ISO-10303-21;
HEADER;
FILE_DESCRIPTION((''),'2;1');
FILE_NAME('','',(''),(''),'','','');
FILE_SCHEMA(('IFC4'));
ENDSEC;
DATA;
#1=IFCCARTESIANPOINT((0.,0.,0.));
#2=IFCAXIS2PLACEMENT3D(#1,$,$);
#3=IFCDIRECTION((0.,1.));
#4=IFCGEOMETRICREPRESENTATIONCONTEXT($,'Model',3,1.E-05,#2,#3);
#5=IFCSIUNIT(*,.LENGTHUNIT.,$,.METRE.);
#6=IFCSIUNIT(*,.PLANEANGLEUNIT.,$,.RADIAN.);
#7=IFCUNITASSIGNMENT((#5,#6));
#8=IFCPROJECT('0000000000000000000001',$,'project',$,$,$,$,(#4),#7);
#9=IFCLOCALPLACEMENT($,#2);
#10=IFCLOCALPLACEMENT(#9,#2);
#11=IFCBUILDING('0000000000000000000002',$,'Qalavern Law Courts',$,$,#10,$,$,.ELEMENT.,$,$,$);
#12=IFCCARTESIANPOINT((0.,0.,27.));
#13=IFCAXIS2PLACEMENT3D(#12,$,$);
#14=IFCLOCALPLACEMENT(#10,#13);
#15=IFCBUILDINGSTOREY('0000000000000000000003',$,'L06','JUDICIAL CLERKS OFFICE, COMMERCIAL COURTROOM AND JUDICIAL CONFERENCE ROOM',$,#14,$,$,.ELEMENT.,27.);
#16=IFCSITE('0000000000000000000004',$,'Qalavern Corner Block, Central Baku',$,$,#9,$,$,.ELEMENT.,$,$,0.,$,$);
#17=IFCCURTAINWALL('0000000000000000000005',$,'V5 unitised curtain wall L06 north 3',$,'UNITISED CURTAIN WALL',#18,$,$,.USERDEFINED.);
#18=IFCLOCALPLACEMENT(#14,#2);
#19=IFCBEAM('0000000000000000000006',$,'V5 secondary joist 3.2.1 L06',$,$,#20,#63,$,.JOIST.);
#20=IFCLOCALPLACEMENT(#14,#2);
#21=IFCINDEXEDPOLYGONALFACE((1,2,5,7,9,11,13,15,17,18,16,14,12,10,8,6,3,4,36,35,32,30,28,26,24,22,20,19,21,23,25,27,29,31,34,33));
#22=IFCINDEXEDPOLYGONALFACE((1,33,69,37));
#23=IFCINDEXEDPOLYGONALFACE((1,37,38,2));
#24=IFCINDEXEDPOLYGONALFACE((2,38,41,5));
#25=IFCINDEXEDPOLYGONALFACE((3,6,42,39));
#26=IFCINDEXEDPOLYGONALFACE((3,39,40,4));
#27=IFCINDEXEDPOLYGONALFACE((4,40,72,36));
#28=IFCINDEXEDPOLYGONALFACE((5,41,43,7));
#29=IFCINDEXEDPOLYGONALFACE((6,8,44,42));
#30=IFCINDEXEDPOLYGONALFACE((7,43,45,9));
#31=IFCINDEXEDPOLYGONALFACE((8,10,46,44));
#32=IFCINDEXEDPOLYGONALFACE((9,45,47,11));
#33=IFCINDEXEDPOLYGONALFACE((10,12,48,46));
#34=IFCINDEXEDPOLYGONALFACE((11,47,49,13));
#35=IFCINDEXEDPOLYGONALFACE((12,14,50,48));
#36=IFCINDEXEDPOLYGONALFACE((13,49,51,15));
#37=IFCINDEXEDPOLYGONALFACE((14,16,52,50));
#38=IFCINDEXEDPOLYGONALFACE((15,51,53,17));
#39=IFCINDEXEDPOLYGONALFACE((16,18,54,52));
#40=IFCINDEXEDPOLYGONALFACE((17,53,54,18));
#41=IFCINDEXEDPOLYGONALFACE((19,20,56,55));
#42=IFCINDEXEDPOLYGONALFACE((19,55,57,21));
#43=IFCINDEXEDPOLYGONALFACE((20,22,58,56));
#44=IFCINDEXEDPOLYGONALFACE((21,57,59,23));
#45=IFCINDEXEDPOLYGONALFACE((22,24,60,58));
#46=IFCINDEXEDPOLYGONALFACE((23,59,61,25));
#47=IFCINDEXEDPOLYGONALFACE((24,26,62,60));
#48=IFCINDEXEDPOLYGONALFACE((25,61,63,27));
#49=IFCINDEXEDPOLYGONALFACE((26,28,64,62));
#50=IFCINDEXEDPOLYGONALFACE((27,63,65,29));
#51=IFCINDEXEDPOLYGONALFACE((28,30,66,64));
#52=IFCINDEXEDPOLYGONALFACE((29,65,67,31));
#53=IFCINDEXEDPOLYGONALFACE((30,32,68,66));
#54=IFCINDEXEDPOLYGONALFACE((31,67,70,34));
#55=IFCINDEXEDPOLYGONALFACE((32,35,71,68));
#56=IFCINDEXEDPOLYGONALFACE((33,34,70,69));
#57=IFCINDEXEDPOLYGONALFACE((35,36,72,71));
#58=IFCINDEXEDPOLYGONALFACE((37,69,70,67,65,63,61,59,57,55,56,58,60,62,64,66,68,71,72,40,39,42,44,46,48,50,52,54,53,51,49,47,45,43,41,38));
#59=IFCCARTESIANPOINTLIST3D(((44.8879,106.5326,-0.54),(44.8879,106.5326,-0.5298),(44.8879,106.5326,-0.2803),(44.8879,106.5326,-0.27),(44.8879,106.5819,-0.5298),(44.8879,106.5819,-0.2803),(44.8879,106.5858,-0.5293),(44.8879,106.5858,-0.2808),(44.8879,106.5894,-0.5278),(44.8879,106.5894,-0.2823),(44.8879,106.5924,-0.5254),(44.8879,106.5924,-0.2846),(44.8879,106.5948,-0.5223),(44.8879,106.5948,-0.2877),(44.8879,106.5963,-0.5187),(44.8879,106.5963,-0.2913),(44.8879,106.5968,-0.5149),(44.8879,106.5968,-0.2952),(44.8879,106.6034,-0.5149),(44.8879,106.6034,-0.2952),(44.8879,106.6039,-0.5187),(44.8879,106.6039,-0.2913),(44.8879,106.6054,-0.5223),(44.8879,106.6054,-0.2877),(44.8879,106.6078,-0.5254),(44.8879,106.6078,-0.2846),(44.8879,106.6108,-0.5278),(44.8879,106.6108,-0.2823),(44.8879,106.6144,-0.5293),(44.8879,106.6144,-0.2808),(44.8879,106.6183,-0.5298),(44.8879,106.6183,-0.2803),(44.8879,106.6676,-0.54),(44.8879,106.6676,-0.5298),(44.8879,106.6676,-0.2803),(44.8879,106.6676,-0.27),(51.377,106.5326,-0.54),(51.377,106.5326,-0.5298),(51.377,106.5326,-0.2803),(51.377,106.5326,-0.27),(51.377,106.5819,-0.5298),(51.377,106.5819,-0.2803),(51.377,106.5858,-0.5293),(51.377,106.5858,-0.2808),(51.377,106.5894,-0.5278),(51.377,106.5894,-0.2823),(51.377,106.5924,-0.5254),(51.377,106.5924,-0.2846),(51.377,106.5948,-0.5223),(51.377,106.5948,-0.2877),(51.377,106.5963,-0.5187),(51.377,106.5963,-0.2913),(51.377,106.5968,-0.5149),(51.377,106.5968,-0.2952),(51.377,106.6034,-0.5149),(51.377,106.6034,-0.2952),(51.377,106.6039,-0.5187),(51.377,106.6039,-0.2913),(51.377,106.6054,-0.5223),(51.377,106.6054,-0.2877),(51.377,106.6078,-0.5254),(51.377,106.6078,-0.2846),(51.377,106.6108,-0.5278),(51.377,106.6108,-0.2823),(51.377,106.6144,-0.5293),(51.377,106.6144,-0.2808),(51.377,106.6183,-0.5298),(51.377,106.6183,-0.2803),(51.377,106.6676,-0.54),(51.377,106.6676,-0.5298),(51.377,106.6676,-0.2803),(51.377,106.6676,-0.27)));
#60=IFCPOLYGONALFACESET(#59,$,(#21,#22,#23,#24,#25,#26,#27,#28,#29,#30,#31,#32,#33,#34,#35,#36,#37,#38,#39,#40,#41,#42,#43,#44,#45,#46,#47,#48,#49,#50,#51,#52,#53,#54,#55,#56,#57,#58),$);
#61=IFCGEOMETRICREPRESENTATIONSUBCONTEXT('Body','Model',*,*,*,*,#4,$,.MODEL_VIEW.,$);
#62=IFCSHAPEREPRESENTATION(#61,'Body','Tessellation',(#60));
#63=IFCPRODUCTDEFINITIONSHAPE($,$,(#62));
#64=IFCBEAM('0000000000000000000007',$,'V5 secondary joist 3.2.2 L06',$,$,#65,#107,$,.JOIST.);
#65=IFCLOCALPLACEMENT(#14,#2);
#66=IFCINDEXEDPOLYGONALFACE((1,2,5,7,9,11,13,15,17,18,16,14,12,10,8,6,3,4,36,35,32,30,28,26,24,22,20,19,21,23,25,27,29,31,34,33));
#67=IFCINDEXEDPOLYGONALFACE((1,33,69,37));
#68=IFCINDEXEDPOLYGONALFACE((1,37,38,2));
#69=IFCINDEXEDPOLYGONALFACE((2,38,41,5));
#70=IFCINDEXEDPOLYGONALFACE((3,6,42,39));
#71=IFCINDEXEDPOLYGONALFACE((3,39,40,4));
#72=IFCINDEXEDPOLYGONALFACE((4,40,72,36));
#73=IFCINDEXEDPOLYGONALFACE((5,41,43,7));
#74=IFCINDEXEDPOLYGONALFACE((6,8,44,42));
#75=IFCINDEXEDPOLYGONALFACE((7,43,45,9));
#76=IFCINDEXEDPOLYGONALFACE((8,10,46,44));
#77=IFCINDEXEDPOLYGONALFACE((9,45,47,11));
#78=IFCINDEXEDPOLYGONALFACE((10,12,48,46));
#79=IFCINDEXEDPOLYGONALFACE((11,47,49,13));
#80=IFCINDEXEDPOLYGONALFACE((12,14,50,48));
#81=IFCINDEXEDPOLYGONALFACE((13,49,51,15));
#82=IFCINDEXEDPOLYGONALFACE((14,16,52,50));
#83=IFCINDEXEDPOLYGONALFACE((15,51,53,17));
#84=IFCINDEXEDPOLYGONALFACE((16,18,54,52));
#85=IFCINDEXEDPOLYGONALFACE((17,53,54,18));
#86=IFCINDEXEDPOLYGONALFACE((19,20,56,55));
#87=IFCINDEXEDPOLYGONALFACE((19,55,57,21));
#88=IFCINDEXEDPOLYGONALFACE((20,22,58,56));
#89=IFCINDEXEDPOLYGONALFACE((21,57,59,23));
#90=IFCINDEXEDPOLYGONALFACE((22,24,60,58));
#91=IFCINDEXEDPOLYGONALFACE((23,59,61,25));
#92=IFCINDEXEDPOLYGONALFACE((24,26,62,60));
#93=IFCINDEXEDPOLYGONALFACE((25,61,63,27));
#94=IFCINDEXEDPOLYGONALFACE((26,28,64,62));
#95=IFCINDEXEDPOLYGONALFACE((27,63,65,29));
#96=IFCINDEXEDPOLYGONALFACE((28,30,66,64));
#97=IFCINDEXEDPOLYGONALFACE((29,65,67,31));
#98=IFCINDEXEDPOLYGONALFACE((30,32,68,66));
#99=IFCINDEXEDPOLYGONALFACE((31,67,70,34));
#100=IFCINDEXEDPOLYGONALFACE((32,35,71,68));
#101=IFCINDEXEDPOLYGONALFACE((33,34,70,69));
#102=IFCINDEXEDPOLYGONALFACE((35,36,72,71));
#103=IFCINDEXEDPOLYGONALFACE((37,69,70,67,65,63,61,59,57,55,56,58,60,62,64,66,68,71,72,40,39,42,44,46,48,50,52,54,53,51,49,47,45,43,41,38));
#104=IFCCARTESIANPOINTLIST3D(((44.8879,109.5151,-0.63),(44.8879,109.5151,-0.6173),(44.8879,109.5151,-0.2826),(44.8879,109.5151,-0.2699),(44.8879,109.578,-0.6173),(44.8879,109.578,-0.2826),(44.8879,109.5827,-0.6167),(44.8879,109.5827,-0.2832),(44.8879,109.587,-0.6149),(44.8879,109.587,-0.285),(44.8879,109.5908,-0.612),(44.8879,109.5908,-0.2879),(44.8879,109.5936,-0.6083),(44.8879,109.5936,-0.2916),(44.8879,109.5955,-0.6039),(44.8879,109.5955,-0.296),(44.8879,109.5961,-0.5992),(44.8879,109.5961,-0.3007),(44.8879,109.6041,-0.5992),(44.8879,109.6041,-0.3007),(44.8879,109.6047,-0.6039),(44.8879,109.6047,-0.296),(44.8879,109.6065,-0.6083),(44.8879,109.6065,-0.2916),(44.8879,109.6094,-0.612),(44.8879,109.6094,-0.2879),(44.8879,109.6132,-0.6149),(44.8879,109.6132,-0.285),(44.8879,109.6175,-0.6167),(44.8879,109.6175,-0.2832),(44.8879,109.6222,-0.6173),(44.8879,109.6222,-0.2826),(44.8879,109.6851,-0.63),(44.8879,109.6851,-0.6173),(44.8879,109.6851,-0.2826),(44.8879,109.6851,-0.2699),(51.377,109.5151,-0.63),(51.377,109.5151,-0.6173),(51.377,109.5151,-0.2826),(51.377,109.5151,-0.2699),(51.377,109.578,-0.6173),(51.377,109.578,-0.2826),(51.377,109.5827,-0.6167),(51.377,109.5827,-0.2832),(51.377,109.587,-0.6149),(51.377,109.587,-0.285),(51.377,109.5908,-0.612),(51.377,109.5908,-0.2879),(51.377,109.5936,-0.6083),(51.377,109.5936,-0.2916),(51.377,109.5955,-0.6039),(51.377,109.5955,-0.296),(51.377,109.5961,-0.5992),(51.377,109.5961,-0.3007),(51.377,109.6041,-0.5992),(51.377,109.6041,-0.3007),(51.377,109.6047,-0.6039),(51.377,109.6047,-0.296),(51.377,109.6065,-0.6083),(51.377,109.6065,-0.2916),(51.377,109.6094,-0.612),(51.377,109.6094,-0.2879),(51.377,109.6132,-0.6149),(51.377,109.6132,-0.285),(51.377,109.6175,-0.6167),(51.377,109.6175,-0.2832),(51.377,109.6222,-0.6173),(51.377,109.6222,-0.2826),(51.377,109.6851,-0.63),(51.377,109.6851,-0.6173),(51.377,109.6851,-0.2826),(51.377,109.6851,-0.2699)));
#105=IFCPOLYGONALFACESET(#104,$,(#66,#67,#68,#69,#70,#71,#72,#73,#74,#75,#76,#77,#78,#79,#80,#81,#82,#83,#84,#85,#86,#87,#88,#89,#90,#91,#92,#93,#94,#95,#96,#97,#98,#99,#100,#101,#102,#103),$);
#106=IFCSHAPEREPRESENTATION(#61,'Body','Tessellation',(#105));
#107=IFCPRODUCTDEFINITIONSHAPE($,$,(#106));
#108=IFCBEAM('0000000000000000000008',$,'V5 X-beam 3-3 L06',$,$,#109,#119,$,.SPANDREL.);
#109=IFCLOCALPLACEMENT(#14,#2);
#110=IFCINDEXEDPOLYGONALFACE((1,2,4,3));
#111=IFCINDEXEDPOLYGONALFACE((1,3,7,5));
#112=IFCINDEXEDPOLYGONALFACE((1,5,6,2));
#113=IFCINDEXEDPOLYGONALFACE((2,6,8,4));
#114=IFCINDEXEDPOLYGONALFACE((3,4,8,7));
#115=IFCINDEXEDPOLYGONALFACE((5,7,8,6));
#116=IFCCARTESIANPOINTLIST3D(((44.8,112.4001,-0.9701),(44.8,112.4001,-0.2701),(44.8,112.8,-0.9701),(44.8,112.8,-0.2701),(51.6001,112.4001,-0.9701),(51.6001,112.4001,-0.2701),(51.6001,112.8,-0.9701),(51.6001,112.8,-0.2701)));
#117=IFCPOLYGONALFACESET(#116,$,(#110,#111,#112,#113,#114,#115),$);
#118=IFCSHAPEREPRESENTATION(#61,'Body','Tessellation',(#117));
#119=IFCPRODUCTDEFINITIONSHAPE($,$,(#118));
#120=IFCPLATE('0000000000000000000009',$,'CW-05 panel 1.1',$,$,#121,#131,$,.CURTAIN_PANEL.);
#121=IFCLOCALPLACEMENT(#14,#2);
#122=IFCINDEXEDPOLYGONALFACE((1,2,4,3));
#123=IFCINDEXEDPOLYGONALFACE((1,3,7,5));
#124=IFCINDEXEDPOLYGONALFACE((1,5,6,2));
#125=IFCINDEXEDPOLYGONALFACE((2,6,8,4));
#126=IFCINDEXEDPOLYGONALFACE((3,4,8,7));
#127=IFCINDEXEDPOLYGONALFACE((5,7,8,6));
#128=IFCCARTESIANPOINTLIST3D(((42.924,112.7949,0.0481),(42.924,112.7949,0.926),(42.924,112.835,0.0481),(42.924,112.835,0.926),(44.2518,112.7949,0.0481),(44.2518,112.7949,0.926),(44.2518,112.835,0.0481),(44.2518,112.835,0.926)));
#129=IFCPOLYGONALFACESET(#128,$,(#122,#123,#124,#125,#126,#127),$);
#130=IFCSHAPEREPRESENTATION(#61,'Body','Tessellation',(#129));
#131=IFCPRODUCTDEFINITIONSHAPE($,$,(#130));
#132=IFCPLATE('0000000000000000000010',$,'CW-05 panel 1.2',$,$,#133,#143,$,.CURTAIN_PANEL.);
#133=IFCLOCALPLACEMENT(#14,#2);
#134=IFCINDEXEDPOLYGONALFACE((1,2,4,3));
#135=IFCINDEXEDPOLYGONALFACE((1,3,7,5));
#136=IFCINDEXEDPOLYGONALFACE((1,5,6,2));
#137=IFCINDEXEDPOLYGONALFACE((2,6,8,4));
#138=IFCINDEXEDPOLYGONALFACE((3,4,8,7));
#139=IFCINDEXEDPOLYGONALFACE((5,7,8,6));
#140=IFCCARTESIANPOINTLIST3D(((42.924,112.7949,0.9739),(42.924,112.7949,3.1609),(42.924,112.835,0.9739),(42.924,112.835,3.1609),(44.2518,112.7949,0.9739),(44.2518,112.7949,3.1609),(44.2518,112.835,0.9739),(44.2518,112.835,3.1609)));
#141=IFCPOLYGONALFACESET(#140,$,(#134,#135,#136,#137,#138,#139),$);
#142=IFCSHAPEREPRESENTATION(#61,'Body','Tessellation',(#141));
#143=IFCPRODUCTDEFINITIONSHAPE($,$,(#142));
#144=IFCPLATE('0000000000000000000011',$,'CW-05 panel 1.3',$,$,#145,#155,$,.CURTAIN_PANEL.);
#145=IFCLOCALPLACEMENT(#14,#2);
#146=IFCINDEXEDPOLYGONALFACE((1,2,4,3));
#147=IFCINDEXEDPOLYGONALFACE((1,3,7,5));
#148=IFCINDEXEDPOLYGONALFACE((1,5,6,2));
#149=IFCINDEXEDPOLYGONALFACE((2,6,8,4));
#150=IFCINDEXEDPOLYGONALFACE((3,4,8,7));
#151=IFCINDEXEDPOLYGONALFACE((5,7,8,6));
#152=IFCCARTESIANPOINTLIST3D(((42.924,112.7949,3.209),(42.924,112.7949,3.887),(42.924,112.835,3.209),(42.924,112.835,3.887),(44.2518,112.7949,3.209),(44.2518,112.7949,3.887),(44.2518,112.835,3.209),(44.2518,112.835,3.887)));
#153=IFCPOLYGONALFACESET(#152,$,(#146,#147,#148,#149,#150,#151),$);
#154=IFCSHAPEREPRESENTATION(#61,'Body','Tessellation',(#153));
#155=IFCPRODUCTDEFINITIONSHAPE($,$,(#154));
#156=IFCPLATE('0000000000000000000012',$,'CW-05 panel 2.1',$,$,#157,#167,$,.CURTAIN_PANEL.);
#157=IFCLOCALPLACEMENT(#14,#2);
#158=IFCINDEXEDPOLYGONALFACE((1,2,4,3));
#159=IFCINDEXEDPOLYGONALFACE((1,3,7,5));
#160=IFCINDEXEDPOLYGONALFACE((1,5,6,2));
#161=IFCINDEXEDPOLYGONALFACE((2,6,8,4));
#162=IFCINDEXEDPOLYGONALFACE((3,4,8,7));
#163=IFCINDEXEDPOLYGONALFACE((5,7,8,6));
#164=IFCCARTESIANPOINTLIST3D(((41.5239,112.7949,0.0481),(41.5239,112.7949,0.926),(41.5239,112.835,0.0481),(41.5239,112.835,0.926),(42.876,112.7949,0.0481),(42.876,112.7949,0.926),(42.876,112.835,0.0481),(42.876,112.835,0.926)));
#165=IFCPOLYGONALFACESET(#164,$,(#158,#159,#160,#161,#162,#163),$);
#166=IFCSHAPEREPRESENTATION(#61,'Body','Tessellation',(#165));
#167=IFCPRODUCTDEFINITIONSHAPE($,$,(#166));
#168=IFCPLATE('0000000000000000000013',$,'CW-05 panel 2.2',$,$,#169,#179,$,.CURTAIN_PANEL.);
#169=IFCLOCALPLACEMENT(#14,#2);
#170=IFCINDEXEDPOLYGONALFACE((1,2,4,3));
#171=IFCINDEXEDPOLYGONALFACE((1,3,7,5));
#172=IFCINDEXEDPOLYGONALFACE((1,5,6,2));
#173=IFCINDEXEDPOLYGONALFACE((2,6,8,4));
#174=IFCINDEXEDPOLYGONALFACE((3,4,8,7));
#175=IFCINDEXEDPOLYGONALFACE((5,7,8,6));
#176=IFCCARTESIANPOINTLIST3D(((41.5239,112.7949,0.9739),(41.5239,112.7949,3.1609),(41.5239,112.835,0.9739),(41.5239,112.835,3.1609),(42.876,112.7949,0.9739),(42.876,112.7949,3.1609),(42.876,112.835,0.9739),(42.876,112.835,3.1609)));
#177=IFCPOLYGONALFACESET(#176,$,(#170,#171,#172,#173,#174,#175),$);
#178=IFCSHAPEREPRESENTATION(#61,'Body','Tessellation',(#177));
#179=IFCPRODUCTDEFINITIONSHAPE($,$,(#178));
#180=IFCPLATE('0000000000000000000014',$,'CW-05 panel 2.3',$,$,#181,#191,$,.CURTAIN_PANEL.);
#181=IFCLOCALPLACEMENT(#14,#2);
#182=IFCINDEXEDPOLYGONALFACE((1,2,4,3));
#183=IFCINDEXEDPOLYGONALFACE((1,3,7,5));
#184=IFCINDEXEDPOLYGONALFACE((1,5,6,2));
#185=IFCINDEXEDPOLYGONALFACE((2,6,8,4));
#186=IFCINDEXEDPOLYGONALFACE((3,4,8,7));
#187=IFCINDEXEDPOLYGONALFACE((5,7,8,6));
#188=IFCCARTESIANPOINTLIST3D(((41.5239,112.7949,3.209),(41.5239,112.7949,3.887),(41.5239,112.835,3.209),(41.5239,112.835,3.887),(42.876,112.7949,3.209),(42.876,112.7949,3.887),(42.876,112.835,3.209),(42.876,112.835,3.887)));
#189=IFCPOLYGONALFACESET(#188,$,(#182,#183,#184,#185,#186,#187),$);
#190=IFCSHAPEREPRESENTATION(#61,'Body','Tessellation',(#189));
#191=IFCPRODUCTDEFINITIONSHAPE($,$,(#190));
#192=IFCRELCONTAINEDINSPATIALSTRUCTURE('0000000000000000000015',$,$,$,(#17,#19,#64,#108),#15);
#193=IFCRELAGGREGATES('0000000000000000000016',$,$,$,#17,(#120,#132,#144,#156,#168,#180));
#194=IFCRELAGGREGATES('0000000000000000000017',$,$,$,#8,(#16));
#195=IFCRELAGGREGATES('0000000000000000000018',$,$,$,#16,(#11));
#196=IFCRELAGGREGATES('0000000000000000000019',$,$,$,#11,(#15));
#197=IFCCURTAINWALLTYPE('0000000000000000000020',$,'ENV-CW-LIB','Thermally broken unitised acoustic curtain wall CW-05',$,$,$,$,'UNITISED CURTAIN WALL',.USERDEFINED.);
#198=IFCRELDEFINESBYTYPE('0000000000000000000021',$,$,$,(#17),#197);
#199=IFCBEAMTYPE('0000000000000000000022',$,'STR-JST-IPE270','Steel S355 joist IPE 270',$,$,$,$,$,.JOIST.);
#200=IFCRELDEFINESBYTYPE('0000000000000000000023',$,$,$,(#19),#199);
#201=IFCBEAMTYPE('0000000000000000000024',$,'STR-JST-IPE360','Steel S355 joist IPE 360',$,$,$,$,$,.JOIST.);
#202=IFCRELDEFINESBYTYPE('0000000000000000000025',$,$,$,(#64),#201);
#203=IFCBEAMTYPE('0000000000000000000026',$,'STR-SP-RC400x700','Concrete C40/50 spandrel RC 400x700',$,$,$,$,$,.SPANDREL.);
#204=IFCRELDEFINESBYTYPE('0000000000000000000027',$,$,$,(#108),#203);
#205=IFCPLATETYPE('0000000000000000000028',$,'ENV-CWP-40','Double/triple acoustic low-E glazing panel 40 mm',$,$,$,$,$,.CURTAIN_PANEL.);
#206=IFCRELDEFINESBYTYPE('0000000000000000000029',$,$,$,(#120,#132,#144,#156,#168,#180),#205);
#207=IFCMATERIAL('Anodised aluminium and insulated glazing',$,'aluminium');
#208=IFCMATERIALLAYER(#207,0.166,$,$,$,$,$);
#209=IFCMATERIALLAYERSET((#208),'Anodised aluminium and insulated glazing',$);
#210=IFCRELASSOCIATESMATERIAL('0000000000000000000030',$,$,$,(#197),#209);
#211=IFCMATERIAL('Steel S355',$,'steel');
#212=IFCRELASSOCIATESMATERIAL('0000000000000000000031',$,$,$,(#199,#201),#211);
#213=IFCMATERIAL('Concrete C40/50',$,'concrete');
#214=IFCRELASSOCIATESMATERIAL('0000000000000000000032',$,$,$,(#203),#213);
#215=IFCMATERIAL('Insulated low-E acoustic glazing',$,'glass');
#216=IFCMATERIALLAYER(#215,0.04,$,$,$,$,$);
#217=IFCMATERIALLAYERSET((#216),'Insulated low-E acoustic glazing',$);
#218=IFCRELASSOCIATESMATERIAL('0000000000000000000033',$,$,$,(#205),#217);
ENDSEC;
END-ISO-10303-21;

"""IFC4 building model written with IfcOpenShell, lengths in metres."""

from ifc_helpers import new_model, si_unit, direction, frame, origin, origin_2d, place, context, subcontext, project, spatial, rectangle, i_section, extrude, material, layer, layer_set, material_profile, profile_set, type_object, element, aggregate, save


model = new_model("IFC4")

# Units and contexts
model_context = context("Model", 3, precision=1e-05, world=origin(), true_north=direction((0.0, 1.0)))
body_context = subcontext(model_context, "Body", "Model", "MODEL_VIEW")
ifc_project = project(units=[si_unit("LENGTHUNIT", "METRE"), si_unit("PLANEANGLEUNIT", "RADIAN")], contexts=[model_context])

# Site, building, storey
site_placement = place(None, origin())
site = spatial("IfcSite", under=ifc_project, at=site_placement, Name="Qalavern Corner Block, Central Baku", CompositionType="ELEMENT", RefElevation=0.0)
building_placement = place(site_placement, origin())
building = spatial("IfcBuilding", under=site, at=building_placement, Name="Qalavern Law Courts", CompositionType="ELEMENT")
storey_placement = place(building_placement, frame((0.0, 0.0, 27.0)))
storey = spatial("IfcBuildingStorey", under=building, at=storey_placement, Name="L06", Description="JUDICIAL CLERKS OFFICE, COMMERCIAL COURTROOM AND JUDICIAL CONFERENCE ROOM", CompositionType="ELEMENT", Elevation=27.0)

# Curtain wall
ifc_material_1 = material(Name="Anodised aluminium and insulated glazing", Category="aluminium")
ifc_layer_1 = layer(ifc_material_1, 0.166)
ifc_layer_set_1 = layer_set([ifc_layer_1], Name="Anodised aluminium and insulated glazing")
curtain_wall_type = type_object("IfcCurtainWallType", Name="ENV-CW-LIB", Description="Thermally broken unitised acoustic curtain wall CW-05", ElementType="UNITISED CURTAIN WALL", PredefinedType="USERDEFINED", material=ifc_layer_set_1)
curtain_wall_placement = place(storey_placement, origin())
curtain_wall = element("IfcCurtainWall", 1, at=curtain_wall_placement, inside=storey, type_object=curtain_wall_type, Name="V5 unitised curtain wall L06 north 3", ObjectType="UNITISED CURTAIN WALL", PredefinedType="USERDEFINED")

# Beams
ifc_material_2 = material(Name="Steel S355", Category="steel")
ifc_material_profile_1 = material_profile(ifc_material_2, i_section(OverallWidth=0.135, OverallDepth=0.27, WebThickness=0.0066, FlangeThickness=0.0103, FilletRadius=0.0149, at=origin_2d()), Name="IPE 270")
ifc_profile_set_1 = profile_set([ifc_material_profile_1], Name="Steel S355")
beam_type_1 = type_object("IfcBeamType", Name="STR-JST-IPE270", Description="Steel S355 joist IPE 270", PredefinedType="JOIST", material=ifc_profile_set_1)
beam_1_placement = place(storey_placement, frame((44.8879, 106.6001, -0.405), z_axis=(1.0, 0.0, 0.0), x_axis=(0.0, 1.0, 0.0)))
element("IfcBeam", 2, at=beam_1_placement, inside=storey, type_object=beam_type_1, Name="V5 secondary joist 3.2.1 L06", PredefinedType="JOIST", context=body_context, shape_type="SweptSolid", body=[
    extrude(i_section(OverallWidth=0.135, OverallDepth=0.27, WebThickness=0.0066, FlangeThickness=0.0103, FilletRadius=0.0149, at=origin_2d()), origin(), (0.0, 0.0, 1.0), 6.489),
])
ifc_material_profile_2 = material_profile(ifc_material_2, i_section(OverallWidth=0.1699, OverallDepth=0.3601, WebThickness=0.0081, FlangeThickness=0.0127, FilletRadius=0.0181, at=origin_2d()), Name="IPE 360")
ifc_profile_set_2 = profile_set([ifc_material_profile_2], Name="Steel S355")
beam_type_2 = type_object("IfcBeamType", Name="STR-JST-IPE360", Description="Steel S355 joist IPE 360", PredefinedType="JOIST", material=ifc_profile_set_2)
beam_2_placement = place(storey_placement, frame((44.8879, 109.6001, -0.45), z_axis=(1.0, 0.0, 0.0), x_axis=(0.0, 1.0, 0.0)))
element("IfcBeam", 3, at=beam_2_placement, inside=storey, type_object=beam_type_2, Name="V5 secondary joist 3.2.2 L06", PredefinedType="JOIST", context=body_context, shape_type="SweptSolid", body=[
    extrude(i_section(OverallWidth=0.1699, OverallDepth=0.3601, WebThickness=0.0081, FlangeThickness=0.0127, FilletRadius=0.0181, at=origin_2d()), origin(), (0.0, 0.0, 1.0), 6.489),
])
ifc_material_3 = material(Name="Concrete C40/50", Category="concrete")
ifc_material_profile_3 = material_profile(ifc_material_3, rectangle(XDim=0.3999, YDim=0.7, at=origin_2d()), Name="RC 400x700")
ifc_profile_set_3 = profile_set([ifc_material_profile_3], Name="Concrete C40/50")
beam_type_3 = type_object("IfcBeamType", Name="STR-SP-RC400x700", Description="Concrete C40/50 spandrel RC 400x700", PredefinedType="SPANDREL", material=ifc_profile_set_3)
beam_3_placement = place(storey_placement, frame((44.8, 112.6001, -0.6201), z_axis=(1.0, 0.0, 0.0), x_axis=(0.0, 1.0, 0.0)))
element("IfcBeam", 4, at=beam_3_placement, inside=storey, type_object=beam_type_3, Name="V5 X-beam 3-3 L06", PredefinedType="SPANDREL", context=body_context, shape_type="SweptSolid", body=[
    extrude(rectangle(XDim=0.3999, YDim=0.7, at=origin_2d()), origin(), (0.0, 0.0, 1.0), 6.8),
])

# Plates
ifc_material_4 = material(Name="Insulated low-E acoustic glazing", Category="glass")
ifc_layer_2 = layer(ifc_material_4, 0.04)
ifc_layer_set_2 = layer_set([ifc_layer_2], Name="Insulated low-E acoustic glazing")
plate_type = type_object("IfcPlateType", Name="ENV-CWP-40", Description="Double/triple acoustic low-E glazing panel 40 mm", PredefinedType="CURTAIN_PANEL", material=ifc_layer_set_2)
plate_1_placement = place(storey_placement, frame((43.5879, 112.8149, 0.0481), z_axis=(0.0, 0.0, 1.0), x_axis=(-1.0, 0.0, 0.0)))
plate_1 = element("IfcPlate", 5, at=plate_1_placement, type_object=plate_type, Name="CW-05 panel 1.1", PredefinedType="CURTAIN_PANEL", context=body_context, shape_type="SweptSolid", body=[
    extrude(rectangle(XDim=1.3279, YDim=0.04, at=origin_2d()), origin(), (0.0, 0.0, 1.0), 0.8779),
])
plate_2_placement = place(storey_placement, frame((43.5879, 112.8149, 0.9739), z_axis=(0.0, 0.0, 1.0), x_axis=(-1.0, 0.0, 0.0)))
plate_2 = element("IfcPlate", 6, at=plate_2_placement, type_object=plate_type, Name="CW-05 panel 1.2", PredefinedType="CURTAIN_PANEL", context=body_context, shape_type="SweptSolid", body=[
    extrude(rectangle(XDim=1.3279, YDim=0.04, at=origin_2d()), origin(), (0.0, 0.0, 1.0), 2.187),
])
plate_3_placement = place(storey_placement, frame((43.5879, 112.8149, 3.209), z_axis=(0.0, 0.0, 1.0), x_axis=(-1.0, 0.0, 0.0)))
plate_3 = element("IfcPlate", 7, at=plate_3_placement, type_object=plate_type, Name="CW-05 panel 1.3", PredefinedType="CURTAIN_PANEL", context=body_context, shape_type="SweptSolid", body=[
    extrude(rectangle(XDim=1.3279, YDim=0.04, at=origin_2d()), origin(), (0.0, 0.0, 1.0), 0.678),
])
plate_4_placement = place(storey_placement, frame((42.2, 112.8149, 0.0481), z_axis=(0.0, 0.0, 1.0), x_axis=(-1.0, 0.0, 0.0)))
plate_4 = element("IfcPlate", 8, at=plate_4_placement, type_object=plate_type, Name="CW-05 panel 2.1", PredefinedType="CURTAIN_PANEL", context=body_context, shape_type="SweptSolid", body=[
    extrude(rectangle(XDim=1.3521, YDim=0.04, at=origin_2d()), origin(), (0.0, 0.0, 1.0), 0.8779),
])
plate_5_placement = place(storey_placement, frame((42.2, 112.8149, 0.9739), z_axis=(0.0, 0.0, 1.0), x_axis=(-1.0, 0.0, 0.0)))
plate_5 = element("IfcPlate", 9, at=plate_5_placement, type_object=plate_type, Name="CW-05 panel 2.2", PredefinedType="CURTAIN_PANEL", context=body_context, shape_type="SweptSolid", body=[
    extrude(rectangle(XDim=1.3521, YDim=0.04, at=origin_2d()), origin(), (0.0, 0.0, 1.0), 2.187),
])
plate_6_placement = place(storey_placement, frame((42.2, 112.8149, 3.209), z_axis=(0.0, 0.0, 1.0), x_axis=(-1.0, 0.0, 0.0)))
plate_6 = element("IfcPlate", 10, at=plate_6_placement, type_object=plate_type, Name="CW-05 panel 2.3", PredefinedType="CURTAIN_PANEL", context=body_context, shape_type="SweptSolid", body=[
    extrude(rectangle(XDim=1.3521, YDim=0.04, at=origin_2d()), origin(), (0.0, 0.0, 1.0), 0.678),
])
aggregate(curtain_wall, [plate_1, plate_2, plate_3, plate_4, plate_5, plate_6])

save(model, "model.ifc")
